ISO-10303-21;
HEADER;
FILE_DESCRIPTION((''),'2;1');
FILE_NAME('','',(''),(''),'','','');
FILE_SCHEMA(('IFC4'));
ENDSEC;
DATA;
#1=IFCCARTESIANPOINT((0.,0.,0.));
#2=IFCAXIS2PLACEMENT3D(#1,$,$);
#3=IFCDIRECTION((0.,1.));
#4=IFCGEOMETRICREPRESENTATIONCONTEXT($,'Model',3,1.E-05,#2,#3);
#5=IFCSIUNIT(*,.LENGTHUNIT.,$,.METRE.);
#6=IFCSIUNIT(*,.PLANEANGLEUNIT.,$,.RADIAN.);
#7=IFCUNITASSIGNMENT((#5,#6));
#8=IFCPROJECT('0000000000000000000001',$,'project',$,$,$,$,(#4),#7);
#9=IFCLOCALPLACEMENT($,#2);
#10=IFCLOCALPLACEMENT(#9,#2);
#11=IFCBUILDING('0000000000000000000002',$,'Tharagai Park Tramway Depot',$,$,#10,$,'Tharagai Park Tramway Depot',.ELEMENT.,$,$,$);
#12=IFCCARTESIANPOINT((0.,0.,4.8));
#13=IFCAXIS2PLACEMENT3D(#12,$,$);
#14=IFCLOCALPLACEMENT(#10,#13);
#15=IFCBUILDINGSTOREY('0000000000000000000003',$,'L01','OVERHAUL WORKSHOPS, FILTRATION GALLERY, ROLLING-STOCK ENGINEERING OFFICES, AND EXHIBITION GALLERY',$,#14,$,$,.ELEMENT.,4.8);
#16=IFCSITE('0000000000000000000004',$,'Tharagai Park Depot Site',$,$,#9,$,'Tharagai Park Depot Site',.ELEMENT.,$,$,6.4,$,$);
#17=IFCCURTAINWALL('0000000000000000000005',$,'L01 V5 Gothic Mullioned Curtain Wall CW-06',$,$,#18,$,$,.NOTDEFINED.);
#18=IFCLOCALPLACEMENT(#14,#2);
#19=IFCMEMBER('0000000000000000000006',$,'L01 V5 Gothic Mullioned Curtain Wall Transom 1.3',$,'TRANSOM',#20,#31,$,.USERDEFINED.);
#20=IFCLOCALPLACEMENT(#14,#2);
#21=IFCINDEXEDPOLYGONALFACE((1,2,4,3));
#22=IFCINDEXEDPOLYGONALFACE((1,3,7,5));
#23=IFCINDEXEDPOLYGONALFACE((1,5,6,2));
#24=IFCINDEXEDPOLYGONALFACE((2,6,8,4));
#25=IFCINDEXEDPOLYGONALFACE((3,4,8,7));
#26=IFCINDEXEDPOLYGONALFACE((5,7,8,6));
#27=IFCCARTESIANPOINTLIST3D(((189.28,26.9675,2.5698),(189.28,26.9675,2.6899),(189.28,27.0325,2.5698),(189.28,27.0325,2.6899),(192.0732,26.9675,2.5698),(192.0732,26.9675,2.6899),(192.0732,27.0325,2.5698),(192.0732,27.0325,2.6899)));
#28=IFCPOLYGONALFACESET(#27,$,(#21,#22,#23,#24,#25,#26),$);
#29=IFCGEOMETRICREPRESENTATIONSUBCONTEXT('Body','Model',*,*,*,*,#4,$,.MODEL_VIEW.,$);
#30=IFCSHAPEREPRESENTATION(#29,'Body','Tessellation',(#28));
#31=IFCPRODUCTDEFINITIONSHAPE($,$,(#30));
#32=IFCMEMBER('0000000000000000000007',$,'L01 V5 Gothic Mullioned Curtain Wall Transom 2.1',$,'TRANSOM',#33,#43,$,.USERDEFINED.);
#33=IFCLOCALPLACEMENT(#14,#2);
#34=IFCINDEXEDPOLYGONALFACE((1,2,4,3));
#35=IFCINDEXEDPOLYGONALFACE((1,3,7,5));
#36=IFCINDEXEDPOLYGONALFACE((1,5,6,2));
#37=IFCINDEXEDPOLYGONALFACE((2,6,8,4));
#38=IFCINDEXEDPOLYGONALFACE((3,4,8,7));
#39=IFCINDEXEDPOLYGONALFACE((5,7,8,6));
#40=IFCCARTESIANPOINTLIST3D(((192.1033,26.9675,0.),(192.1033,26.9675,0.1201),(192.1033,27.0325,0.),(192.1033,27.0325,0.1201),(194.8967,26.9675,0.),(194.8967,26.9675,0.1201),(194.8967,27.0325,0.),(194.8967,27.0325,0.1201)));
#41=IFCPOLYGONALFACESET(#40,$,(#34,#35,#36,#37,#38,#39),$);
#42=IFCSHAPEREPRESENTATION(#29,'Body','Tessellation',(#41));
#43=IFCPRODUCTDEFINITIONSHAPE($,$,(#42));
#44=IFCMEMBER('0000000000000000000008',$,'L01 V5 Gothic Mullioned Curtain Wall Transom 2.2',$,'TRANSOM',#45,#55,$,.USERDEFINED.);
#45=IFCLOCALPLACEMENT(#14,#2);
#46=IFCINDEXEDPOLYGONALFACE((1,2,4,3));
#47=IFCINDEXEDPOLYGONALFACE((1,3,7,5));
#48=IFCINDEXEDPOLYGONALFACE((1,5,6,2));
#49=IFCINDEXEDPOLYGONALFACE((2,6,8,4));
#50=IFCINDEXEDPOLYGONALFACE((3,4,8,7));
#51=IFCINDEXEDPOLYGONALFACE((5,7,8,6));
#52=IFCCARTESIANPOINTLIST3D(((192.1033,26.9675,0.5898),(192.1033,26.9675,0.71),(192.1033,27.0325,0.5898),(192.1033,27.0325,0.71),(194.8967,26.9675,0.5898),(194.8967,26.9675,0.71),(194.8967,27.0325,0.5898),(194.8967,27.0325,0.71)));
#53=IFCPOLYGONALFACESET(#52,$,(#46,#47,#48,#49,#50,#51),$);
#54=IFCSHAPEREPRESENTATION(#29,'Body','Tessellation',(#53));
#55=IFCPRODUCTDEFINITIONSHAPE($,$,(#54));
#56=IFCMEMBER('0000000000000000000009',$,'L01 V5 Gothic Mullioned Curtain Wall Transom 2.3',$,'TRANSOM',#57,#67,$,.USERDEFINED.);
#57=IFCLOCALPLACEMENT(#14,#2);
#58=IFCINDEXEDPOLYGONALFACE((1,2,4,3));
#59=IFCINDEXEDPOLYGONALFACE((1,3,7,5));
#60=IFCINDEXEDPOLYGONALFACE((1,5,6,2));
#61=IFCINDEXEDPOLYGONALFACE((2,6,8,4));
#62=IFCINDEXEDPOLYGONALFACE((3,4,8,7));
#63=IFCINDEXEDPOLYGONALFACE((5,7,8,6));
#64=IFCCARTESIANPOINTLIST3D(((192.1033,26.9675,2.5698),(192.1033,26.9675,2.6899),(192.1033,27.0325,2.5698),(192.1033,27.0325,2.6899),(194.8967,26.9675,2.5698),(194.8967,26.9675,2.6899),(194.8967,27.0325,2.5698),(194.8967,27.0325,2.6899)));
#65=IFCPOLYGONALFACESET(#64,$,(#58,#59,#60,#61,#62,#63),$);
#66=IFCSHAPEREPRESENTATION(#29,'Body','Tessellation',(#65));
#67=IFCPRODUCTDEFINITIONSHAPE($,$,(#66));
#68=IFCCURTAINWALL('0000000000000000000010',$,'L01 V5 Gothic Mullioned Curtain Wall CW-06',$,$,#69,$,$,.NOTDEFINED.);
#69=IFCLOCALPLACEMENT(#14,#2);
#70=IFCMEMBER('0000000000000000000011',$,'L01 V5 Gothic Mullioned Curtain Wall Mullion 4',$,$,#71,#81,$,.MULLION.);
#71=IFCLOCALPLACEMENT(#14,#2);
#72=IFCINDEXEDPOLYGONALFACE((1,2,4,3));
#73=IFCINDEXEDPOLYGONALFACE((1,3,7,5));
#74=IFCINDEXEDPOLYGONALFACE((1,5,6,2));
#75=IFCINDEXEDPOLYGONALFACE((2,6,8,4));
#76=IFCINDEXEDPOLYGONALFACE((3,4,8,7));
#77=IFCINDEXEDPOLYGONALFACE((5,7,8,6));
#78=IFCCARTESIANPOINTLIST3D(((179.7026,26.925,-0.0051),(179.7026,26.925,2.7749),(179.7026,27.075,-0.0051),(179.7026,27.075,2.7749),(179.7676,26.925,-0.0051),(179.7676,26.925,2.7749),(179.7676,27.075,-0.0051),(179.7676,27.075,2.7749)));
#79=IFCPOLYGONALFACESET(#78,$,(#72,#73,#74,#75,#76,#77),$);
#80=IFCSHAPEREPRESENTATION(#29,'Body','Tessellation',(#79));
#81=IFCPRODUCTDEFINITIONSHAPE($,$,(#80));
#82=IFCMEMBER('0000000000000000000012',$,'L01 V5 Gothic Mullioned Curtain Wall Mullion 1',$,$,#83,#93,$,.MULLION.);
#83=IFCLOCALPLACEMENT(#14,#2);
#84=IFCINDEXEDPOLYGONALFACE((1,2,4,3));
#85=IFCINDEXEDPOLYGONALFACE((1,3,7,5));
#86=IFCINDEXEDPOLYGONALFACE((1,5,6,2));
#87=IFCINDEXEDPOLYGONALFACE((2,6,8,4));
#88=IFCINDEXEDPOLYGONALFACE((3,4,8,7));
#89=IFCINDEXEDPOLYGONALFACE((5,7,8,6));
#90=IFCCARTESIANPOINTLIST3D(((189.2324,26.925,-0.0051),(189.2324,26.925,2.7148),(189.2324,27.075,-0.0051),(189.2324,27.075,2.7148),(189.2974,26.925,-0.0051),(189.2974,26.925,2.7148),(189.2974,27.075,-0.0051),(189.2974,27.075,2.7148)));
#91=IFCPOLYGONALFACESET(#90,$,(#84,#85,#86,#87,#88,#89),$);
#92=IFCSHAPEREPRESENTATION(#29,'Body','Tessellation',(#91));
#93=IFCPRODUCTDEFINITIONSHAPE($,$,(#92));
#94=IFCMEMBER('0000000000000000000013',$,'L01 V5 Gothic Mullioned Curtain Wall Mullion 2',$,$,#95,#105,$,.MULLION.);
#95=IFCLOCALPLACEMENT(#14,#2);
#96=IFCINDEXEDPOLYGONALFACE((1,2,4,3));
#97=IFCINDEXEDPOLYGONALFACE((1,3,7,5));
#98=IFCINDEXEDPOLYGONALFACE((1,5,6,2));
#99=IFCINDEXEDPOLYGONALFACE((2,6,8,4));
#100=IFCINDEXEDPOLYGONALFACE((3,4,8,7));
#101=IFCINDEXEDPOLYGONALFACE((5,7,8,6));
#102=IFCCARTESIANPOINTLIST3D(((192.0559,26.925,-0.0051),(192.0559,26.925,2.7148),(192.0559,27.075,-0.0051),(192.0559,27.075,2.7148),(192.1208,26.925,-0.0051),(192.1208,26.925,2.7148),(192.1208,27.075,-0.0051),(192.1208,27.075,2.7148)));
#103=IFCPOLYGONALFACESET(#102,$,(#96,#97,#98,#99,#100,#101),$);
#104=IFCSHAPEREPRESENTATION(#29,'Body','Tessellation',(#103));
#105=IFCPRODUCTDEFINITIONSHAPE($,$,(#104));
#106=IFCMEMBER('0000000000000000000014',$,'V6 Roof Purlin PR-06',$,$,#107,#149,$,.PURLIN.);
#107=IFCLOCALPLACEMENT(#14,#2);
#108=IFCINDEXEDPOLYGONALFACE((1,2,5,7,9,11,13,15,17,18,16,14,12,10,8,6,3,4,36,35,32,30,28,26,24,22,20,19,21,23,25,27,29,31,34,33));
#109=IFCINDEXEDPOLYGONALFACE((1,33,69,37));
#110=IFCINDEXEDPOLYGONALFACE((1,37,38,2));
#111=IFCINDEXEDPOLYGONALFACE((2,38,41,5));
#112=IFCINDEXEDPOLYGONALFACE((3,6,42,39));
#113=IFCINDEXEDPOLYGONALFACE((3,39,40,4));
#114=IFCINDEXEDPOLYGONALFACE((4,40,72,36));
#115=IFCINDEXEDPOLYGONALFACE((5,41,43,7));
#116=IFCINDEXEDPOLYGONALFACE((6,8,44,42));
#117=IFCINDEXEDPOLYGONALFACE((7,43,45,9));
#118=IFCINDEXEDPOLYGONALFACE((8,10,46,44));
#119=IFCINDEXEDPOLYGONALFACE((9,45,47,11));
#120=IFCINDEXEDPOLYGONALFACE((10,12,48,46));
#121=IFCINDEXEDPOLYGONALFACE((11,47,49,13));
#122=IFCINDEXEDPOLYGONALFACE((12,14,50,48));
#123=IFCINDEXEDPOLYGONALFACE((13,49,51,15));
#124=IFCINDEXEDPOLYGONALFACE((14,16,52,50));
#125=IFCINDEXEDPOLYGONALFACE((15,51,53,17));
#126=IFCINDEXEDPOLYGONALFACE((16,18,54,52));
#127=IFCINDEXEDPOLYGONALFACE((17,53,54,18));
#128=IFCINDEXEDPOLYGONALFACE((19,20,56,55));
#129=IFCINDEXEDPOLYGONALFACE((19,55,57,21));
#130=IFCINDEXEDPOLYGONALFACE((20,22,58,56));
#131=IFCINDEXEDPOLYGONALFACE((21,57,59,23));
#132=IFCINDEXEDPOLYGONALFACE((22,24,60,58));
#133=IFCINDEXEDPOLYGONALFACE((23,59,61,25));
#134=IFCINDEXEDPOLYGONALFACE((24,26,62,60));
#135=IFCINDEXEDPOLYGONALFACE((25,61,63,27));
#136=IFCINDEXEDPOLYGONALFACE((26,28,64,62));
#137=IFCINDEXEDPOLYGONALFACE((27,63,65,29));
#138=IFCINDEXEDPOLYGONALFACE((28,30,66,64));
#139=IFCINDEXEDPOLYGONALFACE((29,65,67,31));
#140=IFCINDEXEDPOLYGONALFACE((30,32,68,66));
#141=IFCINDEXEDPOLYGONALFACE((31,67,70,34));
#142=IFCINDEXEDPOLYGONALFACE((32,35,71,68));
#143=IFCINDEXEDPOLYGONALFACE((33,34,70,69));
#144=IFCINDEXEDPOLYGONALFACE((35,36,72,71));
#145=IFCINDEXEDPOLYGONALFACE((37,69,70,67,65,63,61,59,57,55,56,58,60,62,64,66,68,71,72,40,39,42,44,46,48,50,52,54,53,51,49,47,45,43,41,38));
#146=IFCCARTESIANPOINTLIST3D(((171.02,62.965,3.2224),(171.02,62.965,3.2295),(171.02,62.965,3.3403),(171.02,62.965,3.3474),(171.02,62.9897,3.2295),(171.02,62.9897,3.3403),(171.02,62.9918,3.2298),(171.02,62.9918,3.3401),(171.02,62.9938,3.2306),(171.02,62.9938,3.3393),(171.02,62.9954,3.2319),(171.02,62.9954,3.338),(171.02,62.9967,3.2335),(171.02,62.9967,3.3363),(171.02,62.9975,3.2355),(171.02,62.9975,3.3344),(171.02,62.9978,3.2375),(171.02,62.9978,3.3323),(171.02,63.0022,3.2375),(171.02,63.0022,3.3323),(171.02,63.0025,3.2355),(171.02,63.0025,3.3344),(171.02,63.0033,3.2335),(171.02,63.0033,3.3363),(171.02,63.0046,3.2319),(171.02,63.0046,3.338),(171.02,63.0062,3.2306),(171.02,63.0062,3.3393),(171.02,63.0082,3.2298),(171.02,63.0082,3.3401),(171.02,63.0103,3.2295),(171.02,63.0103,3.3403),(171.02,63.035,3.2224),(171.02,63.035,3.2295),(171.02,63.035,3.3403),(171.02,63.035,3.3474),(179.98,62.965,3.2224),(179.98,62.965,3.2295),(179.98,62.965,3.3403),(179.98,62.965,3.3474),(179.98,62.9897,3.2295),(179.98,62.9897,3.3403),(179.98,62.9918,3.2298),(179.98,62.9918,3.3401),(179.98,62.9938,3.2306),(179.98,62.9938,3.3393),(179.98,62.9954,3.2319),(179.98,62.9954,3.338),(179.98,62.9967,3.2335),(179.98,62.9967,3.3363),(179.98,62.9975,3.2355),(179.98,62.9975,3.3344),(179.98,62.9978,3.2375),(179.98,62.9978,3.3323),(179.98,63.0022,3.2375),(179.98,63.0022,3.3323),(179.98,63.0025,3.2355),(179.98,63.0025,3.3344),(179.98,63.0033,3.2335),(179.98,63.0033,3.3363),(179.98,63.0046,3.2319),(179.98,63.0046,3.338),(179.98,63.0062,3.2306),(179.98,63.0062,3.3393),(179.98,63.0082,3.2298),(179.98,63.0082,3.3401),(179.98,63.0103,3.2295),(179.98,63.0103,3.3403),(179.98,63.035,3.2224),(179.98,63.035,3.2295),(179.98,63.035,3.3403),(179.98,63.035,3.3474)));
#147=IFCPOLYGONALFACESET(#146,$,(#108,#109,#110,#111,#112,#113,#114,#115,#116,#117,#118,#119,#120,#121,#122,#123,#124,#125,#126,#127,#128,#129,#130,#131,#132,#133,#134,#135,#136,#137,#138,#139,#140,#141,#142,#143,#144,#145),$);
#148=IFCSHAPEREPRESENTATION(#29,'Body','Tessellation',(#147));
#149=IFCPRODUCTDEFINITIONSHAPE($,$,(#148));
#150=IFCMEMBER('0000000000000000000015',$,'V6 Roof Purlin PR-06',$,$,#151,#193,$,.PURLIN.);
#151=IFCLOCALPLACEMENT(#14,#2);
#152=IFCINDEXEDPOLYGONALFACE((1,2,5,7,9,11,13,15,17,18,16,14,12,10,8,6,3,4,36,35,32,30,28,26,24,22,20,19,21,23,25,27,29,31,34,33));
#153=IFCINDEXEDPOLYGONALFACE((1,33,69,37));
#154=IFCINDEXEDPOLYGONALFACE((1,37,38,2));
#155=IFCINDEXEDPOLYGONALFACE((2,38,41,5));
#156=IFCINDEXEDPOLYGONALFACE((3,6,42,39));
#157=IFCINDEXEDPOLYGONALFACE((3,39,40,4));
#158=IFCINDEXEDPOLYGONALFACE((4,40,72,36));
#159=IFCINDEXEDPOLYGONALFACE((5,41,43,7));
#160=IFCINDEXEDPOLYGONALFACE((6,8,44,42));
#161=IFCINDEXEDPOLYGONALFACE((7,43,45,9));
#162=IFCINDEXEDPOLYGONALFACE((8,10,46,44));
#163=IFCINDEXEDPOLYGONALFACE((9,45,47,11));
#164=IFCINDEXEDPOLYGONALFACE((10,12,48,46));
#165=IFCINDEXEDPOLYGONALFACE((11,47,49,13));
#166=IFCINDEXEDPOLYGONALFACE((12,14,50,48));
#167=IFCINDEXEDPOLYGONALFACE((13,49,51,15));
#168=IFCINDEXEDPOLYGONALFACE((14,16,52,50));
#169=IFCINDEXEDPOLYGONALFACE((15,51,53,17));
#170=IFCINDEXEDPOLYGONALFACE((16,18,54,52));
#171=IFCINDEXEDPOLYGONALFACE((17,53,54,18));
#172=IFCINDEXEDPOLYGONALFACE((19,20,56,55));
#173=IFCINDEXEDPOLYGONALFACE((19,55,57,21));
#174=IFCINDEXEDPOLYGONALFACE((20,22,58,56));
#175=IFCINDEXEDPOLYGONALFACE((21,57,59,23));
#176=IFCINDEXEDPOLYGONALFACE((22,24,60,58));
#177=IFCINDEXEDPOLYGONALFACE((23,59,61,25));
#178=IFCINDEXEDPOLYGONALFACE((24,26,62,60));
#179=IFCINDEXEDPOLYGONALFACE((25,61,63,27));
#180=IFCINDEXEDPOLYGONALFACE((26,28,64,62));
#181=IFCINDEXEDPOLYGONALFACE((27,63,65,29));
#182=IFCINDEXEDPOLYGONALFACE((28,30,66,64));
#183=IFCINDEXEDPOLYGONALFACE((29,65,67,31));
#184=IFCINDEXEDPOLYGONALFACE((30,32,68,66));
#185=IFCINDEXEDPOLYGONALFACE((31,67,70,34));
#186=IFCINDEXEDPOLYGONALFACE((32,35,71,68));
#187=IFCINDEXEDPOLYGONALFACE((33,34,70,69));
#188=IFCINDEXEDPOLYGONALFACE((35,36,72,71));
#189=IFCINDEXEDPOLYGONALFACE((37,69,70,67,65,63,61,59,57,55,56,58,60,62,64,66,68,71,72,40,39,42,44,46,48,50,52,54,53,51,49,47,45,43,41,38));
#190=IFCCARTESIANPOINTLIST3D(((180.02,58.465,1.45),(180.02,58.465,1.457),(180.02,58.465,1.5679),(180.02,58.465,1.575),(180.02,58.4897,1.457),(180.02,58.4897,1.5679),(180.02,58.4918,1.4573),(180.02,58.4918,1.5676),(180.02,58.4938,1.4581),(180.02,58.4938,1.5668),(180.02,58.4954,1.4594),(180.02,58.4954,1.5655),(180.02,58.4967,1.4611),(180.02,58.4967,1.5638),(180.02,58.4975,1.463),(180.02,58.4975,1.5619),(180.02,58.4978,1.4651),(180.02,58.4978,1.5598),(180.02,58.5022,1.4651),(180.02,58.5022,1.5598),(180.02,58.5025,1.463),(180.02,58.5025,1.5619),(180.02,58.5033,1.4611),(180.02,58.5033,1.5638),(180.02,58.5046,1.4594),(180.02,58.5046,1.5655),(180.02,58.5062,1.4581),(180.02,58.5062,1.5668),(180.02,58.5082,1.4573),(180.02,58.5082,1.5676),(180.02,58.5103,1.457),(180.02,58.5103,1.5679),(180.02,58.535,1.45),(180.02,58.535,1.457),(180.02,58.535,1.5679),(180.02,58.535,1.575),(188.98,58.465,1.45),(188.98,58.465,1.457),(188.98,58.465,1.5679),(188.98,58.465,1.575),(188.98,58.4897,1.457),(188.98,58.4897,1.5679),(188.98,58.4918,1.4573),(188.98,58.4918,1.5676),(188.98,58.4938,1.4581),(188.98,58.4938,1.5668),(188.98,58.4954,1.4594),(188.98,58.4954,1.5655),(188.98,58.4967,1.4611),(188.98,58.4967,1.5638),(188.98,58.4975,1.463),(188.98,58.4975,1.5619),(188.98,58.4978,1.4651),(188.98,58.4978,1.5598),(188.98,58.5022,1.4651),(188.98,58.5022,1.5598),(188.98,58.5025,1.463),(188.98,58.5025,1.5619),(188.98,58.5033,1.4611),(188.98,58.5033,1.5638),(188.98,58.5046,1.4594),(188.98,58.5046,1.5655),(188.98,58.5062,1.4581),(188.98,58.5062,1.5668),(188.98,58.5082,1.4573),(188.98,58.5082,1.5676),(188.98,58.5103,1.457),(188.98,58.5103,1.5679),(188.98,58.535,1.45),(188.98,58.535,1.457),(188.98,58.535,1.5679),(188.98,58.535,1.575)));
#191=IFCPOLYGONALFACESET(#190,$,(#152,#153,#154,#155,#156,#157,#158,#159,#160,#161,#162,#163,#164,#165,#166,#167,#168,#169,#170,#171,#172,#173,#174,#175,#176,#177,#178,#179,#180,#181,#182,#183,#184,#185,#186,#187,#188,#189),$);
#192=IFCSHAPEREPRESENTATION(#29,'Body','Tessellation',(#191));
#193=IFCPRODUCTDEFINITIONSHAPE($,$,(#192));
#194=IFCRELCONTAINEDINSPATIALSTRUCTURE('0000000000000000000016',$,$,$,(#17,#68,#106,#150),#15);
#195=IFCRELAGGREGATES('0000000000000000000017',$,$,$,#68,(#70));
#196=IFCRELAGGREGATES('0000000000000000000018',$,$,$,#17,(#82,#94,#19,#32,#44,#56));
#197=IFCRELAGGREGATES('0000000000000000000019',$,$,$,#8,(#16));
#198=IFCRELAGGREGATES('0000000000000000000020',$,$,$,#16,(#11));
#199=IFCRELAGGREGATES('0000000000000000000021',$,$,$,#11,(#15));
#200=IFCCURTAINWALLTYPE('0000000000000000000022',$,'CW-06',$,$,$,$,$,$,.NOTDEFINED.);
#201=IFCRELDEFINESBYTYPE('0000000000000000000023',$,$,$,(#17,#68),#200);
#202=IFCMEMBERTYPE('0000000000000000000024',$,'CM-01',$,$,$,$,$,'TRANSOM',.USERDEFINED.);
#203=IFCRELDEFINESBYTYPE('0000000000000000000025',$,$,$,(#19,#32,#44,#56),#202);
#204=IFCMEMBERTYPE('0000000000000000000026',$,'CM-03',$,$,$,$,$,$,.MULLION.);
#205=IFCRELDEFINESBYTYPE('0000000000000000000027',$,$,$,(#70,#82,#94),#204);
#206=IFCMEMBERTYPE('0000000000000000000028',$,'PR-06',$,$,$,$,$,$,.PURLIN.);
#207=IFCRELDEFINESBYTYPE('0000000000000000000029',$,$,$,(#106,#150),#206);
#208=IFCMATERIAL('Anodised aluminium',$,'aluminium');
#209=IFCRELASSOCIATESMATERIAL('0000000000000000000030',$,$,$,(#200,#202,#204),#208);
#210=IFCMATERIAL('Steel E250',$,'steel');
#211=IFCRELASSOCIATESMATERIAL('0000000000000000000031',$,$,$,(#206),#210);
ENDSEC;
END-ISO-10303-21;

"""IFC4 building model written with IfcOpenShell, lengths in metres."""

from ifc_helpers import new_model, si_unit, direction, frame, origin, origin_2d, place, context, subcontext, project, spatial, rectangle, i_section, extrude, material, material_profile, profile_set, type_object, element, aggregate, save


model = new_model("IFC4")

# Units and contexts
model_context = context("Model", 3, precision=1e-05, world=origin(), true_north=direction((0.0, 1.0)))
body_context = subcontext(model_context, "Body", "Model", "MODEL_VIEW")
ifc_project = project(units=[si_unit("LENGTHUNIT", "METRE"), si_unit("PLANEANGLEUNIT", "RADIAN")], contexts=[model_context])

# Site, building, storey
site_placement = place(None, origin())
site = spatial("IfcSite", under=ifc_project, at=site_placement, Name="Tharagai Park Depot Site", LongName="Tharagai Park Depot Site", CompositionType="ELEMENT", RefElevation=6.4)
building_placement = place(site_placement, origin())
building = spatial("IfcBuilding", under=site, at=building_placement, Name="Tharagai Park Tramway Depot", LongName="Tharagai Park Tramway Depot", CompositionType="ELEMENT")
storey_placement = place(building_placement, frame((0.0, 0.0, 4.8)))
storey = spatial("IfcBuildingStorey", under=building, at=storey_placement, Name="L01", Description="OVERHAUL WORKSHOPS, FILTRATION GALLERY, ROLLING-STOCK ENGINEERING OFFICES, AND EXHIBITION GALLERY", CompositionType="ELEMENT", Elevation=4.8)

# Curtain wall, members
ifc_material_1 = material(Name="Anodised aluminium", Category="aluminium")
curtain_wall_type = type_object("IfcCurtainWallType", Name="CW-06", PredefinedType="NOTDEFINED", material=ifc_material_1)
curtain_wall_1_placement = place(storey_placement, origin())
curtain_wall_1 = element("IfcCurtainWall", 1, at=curtain_wall_1_placement, inside=storey, type_object=curtain_wall_type, Name="L01 V5 Gothic Mullioned Curtain Wall CW-06", PredefinedType="NOTDEFINED")
ifc_material_profile_1 = material_profile(ifc_material_1, rectangle(XDim=0.0649, YDim=0.1201, at=origin_2d()), Name="ALU 65x120")
ifc_profile_set_1 = profile_set([ifc_material_profile_1], Name="Anodised aluminium")
member_type_1 = type_object("IfcMemberType", Name="CM-01", ElementType="TRANSOM", PredefinedType="USERDEFINED", material=ifc_profile_set_1)
member_1_placement = place(storey_placement, frame((189.28, 27.0, 2.6299), z_axis=(1.0, 0.0, 0.0), x_axis=(0.0, 1.0, 0.0)))
member_1 = element("IfcMember", 2, at=member_1_placement, type_object=member_type_1, Name="L01 V5 Gothic Mullioned Curtain Wall Transom 1.3", ObjectType="TRANSOM", PredefinedType="USERDEFINED", context=body_context, shape_type="SweptSolid", body=[
    extrude(rectangle(XDim=0.0649, YDim=0.1201, at=origin_2d()), origin(), (0.0, 0.0, 1.0), 2.7932),
])
member_2_placement = place(storey_placement, frame((192.1033, 27.0, 0.0601), z_axis=(1.0, 0.0, 0.0), x_axis=(0.0, 1.0, 0.0)))
member_2 = element("IfcMember", 3, at=member_2_placement, type_object=member_type_1, Name="L01 V5 Gothic Mullioned Curtain Wall Transom 2.1", ObjectType="TRANSOM", PredefinedType="USERDEFINED", context=body_context, shape_type="SweptSolid", body=[
    extrude(rectangle(XDim=0.0649, YDim=0.1201, at=origin_2d()), origin(), (0.0, 0.0, 1.0), 2.7935),
])
member_3_placement = place(storey_placement, frame((192.1033, 27.0, 0.6499), z_axis=(1.0, 0.0, 0.0), x_axis=(0.0, 1.0, 0.0)))
member_3 = element("IfcMember", 4, at=member_3_placement, type_object=member_type_1, Name="L01 V5 Gothic Mullioned Curtain Wall Transom 2.2", ObjectType="TRANSOM", PredefinedType="USERDEFINED", context=body_context, shape_type="SweptSolid", body=[
    extrude(rectangle(XDim=0.0649, YDim=0.1201, at=origin_2d()), origin(), (0.0, 0.0, 1.0), 2.7935),
])
member_4_placement = place(storey_placement, frame((192.1033, 27.0, 2.6299), z_axis=(1.0, 0.0, 0.0), x_axis=(0.0, 1.0, 0.0)))
member_4 = element("IfcMember", 5, at=member_4_placement, type_object=member_type_1, Name="L01 V5 Gothic Mullioned Curtain Wall Transom 2.3", ObjectType="TRANSOM", PredefinedType="USERDEFINED", context=body_context, shape_type="SweptSolid", body=[
    extrude(rectangle(XDim=0.0649, YDim=0.1201, at=origin_2d()), origin(), (0.0, 0.0, 1.0), 2.7935),
])

# Curtain wall, member
curtain_wall_2_placement = place(storey_placement, origin())
curtain_wall_2 = element("IfcCurtainWall", 6, at=curtain_wall_2_placement, inside=storey, type_object=curtain_wall_type, Name="L01 V5 Gothic Mullioned Curtain Wall CW-06", PredefinedType="NOTDEFINED")
ifc_material_profile_2 = material_profile(ifc_material_1, rectangle(XDim=0.0649, YDim=0.1499, at=origin_2d()), Name="ALU 65x150")
ifc_profile_set_2 = profile_set([ifc_material_profile_2], Name="Anodised aluminium")
member_type_2 = type_object("IfcMemberType", Name="CM-03", PredefinedType="MULLION", material=ifc_profile_set_2)
member_5_placement = place(storey_placement, frame((179.7351, 27.0, -0.0051), z_axis=(0.0, 0.0, 1.0), x_axis=(1.0, 0.0, 0.0)))
member_5 = element("IfcMember", 7, at=member_5_placement, type_object=member_type_2, Name="L01 V5 Gothic Mullioned Curtain Wall Mullion 4", PredefinedType="MULLION", context=body_context, shape_type="SweptSolid", body=[
    extrude(rectangle(XDim=0.0649, YDim=0.1499, at=origin_2d()), origin(), (0.0, 0.0, 1.0), 2.78),
])

# Members
member_6_placement = place(storey_placement, frame((189.2649, 27.0, -0.0051), z_axis=(0.0, 0.0, 1.0), x_axis=(1.0, 0.0, 0.0)))
member_6 = element("IfcMember", 8, at=member_6_placement, type_object=member_type_2, Name="L01 V5 Gothic Mullioned Curtain Wall Mullion 1", PredefinedType="MULLION", context=body_context, shape_type="SweptSolid", body=[
    extrude(rectangle(XDim=0.0649, YDim=0.1499, at=origin_2d()), origin(), (0.0, 0.0, 1.0), 2.72),
])
member_7_placement = place(storey_placement, frame((192.0884, 27.0, -0.0051), z_axis=(0.0, 0.0, 1.0), x_axis=(1.0, 0.0, 0.0)))
member_7 = element("IfcMember", 9, at=member_7_placement, type_object=member_type_2, Name="L01 V5 Gothic Mullioned Curtain Wall Mullion 2", PredefinedType="MULLION", context=body_context, shape_type="SweptSolid", body=[
    extrude(rectangle(XDim=0.0649, YDim=0.1499, at=origin_2d()), origin(), (0.0, 0.0, 1.0), 2.72),
])

# Members
ifc_material_2 = material(Name="Steel E250", Category="steel")
ifc_material_profile_3 = material_profile(ifc_material_2, i_section(OverallWidth=0.0701, OverallDepth=0.125, WebThickness=0.0044, FlangeThickness=0.0071, FilletRadius=0.0081, at=origin_2d()), Name="ISMB 125")
ifc_profile_set_3 = profile_set([ifc_material_profile_3], Name="Steel E250")
member_type_3 = type_object("IfcMemberType", Name="PR-06", PredefinedType="PURLIN", material=ifc_profile_set_3)
for number, where, z_axis, x_axis, name in (
    (10, (171.02, 63.0, 3.2849), (1.0, 0.0, 0.0), (0.0, 1.0, 0.0), "V6 Roof Purlin PR-06"),
    (11, (180.02, 58.5, 1.5125), (1.0, 0.0, 0.0), (0.0, 1.0, 0.0), "V6 Roof Purlin PR-06"),
):
    element("IfcMember", number, at=place(storey_placement, frame(where, z_axis=z_axis, x_axis=x_axis)), inside=storey, type_object=member_type_3, Name=name, PredefinedType="PURLIN", context=body_context, shape_type="SweptSolid", body=[
        extrude(i_section(OverallWidth=0.0701, OverallDepth=0.125, WebThickness=0.0044, FlangeThickness=0.0071, FilletRadius=0.0081, at=origin_2d()), origin(), (0.0, 0.0, 1.0), 8.96),
    ])

aggregate(curtain_wall_2, [member_5])
aggregate(curtain_wall_1, [member_6, member_7, member_1, member_2, member_3, member_4])

save(model, "model.ifc")
